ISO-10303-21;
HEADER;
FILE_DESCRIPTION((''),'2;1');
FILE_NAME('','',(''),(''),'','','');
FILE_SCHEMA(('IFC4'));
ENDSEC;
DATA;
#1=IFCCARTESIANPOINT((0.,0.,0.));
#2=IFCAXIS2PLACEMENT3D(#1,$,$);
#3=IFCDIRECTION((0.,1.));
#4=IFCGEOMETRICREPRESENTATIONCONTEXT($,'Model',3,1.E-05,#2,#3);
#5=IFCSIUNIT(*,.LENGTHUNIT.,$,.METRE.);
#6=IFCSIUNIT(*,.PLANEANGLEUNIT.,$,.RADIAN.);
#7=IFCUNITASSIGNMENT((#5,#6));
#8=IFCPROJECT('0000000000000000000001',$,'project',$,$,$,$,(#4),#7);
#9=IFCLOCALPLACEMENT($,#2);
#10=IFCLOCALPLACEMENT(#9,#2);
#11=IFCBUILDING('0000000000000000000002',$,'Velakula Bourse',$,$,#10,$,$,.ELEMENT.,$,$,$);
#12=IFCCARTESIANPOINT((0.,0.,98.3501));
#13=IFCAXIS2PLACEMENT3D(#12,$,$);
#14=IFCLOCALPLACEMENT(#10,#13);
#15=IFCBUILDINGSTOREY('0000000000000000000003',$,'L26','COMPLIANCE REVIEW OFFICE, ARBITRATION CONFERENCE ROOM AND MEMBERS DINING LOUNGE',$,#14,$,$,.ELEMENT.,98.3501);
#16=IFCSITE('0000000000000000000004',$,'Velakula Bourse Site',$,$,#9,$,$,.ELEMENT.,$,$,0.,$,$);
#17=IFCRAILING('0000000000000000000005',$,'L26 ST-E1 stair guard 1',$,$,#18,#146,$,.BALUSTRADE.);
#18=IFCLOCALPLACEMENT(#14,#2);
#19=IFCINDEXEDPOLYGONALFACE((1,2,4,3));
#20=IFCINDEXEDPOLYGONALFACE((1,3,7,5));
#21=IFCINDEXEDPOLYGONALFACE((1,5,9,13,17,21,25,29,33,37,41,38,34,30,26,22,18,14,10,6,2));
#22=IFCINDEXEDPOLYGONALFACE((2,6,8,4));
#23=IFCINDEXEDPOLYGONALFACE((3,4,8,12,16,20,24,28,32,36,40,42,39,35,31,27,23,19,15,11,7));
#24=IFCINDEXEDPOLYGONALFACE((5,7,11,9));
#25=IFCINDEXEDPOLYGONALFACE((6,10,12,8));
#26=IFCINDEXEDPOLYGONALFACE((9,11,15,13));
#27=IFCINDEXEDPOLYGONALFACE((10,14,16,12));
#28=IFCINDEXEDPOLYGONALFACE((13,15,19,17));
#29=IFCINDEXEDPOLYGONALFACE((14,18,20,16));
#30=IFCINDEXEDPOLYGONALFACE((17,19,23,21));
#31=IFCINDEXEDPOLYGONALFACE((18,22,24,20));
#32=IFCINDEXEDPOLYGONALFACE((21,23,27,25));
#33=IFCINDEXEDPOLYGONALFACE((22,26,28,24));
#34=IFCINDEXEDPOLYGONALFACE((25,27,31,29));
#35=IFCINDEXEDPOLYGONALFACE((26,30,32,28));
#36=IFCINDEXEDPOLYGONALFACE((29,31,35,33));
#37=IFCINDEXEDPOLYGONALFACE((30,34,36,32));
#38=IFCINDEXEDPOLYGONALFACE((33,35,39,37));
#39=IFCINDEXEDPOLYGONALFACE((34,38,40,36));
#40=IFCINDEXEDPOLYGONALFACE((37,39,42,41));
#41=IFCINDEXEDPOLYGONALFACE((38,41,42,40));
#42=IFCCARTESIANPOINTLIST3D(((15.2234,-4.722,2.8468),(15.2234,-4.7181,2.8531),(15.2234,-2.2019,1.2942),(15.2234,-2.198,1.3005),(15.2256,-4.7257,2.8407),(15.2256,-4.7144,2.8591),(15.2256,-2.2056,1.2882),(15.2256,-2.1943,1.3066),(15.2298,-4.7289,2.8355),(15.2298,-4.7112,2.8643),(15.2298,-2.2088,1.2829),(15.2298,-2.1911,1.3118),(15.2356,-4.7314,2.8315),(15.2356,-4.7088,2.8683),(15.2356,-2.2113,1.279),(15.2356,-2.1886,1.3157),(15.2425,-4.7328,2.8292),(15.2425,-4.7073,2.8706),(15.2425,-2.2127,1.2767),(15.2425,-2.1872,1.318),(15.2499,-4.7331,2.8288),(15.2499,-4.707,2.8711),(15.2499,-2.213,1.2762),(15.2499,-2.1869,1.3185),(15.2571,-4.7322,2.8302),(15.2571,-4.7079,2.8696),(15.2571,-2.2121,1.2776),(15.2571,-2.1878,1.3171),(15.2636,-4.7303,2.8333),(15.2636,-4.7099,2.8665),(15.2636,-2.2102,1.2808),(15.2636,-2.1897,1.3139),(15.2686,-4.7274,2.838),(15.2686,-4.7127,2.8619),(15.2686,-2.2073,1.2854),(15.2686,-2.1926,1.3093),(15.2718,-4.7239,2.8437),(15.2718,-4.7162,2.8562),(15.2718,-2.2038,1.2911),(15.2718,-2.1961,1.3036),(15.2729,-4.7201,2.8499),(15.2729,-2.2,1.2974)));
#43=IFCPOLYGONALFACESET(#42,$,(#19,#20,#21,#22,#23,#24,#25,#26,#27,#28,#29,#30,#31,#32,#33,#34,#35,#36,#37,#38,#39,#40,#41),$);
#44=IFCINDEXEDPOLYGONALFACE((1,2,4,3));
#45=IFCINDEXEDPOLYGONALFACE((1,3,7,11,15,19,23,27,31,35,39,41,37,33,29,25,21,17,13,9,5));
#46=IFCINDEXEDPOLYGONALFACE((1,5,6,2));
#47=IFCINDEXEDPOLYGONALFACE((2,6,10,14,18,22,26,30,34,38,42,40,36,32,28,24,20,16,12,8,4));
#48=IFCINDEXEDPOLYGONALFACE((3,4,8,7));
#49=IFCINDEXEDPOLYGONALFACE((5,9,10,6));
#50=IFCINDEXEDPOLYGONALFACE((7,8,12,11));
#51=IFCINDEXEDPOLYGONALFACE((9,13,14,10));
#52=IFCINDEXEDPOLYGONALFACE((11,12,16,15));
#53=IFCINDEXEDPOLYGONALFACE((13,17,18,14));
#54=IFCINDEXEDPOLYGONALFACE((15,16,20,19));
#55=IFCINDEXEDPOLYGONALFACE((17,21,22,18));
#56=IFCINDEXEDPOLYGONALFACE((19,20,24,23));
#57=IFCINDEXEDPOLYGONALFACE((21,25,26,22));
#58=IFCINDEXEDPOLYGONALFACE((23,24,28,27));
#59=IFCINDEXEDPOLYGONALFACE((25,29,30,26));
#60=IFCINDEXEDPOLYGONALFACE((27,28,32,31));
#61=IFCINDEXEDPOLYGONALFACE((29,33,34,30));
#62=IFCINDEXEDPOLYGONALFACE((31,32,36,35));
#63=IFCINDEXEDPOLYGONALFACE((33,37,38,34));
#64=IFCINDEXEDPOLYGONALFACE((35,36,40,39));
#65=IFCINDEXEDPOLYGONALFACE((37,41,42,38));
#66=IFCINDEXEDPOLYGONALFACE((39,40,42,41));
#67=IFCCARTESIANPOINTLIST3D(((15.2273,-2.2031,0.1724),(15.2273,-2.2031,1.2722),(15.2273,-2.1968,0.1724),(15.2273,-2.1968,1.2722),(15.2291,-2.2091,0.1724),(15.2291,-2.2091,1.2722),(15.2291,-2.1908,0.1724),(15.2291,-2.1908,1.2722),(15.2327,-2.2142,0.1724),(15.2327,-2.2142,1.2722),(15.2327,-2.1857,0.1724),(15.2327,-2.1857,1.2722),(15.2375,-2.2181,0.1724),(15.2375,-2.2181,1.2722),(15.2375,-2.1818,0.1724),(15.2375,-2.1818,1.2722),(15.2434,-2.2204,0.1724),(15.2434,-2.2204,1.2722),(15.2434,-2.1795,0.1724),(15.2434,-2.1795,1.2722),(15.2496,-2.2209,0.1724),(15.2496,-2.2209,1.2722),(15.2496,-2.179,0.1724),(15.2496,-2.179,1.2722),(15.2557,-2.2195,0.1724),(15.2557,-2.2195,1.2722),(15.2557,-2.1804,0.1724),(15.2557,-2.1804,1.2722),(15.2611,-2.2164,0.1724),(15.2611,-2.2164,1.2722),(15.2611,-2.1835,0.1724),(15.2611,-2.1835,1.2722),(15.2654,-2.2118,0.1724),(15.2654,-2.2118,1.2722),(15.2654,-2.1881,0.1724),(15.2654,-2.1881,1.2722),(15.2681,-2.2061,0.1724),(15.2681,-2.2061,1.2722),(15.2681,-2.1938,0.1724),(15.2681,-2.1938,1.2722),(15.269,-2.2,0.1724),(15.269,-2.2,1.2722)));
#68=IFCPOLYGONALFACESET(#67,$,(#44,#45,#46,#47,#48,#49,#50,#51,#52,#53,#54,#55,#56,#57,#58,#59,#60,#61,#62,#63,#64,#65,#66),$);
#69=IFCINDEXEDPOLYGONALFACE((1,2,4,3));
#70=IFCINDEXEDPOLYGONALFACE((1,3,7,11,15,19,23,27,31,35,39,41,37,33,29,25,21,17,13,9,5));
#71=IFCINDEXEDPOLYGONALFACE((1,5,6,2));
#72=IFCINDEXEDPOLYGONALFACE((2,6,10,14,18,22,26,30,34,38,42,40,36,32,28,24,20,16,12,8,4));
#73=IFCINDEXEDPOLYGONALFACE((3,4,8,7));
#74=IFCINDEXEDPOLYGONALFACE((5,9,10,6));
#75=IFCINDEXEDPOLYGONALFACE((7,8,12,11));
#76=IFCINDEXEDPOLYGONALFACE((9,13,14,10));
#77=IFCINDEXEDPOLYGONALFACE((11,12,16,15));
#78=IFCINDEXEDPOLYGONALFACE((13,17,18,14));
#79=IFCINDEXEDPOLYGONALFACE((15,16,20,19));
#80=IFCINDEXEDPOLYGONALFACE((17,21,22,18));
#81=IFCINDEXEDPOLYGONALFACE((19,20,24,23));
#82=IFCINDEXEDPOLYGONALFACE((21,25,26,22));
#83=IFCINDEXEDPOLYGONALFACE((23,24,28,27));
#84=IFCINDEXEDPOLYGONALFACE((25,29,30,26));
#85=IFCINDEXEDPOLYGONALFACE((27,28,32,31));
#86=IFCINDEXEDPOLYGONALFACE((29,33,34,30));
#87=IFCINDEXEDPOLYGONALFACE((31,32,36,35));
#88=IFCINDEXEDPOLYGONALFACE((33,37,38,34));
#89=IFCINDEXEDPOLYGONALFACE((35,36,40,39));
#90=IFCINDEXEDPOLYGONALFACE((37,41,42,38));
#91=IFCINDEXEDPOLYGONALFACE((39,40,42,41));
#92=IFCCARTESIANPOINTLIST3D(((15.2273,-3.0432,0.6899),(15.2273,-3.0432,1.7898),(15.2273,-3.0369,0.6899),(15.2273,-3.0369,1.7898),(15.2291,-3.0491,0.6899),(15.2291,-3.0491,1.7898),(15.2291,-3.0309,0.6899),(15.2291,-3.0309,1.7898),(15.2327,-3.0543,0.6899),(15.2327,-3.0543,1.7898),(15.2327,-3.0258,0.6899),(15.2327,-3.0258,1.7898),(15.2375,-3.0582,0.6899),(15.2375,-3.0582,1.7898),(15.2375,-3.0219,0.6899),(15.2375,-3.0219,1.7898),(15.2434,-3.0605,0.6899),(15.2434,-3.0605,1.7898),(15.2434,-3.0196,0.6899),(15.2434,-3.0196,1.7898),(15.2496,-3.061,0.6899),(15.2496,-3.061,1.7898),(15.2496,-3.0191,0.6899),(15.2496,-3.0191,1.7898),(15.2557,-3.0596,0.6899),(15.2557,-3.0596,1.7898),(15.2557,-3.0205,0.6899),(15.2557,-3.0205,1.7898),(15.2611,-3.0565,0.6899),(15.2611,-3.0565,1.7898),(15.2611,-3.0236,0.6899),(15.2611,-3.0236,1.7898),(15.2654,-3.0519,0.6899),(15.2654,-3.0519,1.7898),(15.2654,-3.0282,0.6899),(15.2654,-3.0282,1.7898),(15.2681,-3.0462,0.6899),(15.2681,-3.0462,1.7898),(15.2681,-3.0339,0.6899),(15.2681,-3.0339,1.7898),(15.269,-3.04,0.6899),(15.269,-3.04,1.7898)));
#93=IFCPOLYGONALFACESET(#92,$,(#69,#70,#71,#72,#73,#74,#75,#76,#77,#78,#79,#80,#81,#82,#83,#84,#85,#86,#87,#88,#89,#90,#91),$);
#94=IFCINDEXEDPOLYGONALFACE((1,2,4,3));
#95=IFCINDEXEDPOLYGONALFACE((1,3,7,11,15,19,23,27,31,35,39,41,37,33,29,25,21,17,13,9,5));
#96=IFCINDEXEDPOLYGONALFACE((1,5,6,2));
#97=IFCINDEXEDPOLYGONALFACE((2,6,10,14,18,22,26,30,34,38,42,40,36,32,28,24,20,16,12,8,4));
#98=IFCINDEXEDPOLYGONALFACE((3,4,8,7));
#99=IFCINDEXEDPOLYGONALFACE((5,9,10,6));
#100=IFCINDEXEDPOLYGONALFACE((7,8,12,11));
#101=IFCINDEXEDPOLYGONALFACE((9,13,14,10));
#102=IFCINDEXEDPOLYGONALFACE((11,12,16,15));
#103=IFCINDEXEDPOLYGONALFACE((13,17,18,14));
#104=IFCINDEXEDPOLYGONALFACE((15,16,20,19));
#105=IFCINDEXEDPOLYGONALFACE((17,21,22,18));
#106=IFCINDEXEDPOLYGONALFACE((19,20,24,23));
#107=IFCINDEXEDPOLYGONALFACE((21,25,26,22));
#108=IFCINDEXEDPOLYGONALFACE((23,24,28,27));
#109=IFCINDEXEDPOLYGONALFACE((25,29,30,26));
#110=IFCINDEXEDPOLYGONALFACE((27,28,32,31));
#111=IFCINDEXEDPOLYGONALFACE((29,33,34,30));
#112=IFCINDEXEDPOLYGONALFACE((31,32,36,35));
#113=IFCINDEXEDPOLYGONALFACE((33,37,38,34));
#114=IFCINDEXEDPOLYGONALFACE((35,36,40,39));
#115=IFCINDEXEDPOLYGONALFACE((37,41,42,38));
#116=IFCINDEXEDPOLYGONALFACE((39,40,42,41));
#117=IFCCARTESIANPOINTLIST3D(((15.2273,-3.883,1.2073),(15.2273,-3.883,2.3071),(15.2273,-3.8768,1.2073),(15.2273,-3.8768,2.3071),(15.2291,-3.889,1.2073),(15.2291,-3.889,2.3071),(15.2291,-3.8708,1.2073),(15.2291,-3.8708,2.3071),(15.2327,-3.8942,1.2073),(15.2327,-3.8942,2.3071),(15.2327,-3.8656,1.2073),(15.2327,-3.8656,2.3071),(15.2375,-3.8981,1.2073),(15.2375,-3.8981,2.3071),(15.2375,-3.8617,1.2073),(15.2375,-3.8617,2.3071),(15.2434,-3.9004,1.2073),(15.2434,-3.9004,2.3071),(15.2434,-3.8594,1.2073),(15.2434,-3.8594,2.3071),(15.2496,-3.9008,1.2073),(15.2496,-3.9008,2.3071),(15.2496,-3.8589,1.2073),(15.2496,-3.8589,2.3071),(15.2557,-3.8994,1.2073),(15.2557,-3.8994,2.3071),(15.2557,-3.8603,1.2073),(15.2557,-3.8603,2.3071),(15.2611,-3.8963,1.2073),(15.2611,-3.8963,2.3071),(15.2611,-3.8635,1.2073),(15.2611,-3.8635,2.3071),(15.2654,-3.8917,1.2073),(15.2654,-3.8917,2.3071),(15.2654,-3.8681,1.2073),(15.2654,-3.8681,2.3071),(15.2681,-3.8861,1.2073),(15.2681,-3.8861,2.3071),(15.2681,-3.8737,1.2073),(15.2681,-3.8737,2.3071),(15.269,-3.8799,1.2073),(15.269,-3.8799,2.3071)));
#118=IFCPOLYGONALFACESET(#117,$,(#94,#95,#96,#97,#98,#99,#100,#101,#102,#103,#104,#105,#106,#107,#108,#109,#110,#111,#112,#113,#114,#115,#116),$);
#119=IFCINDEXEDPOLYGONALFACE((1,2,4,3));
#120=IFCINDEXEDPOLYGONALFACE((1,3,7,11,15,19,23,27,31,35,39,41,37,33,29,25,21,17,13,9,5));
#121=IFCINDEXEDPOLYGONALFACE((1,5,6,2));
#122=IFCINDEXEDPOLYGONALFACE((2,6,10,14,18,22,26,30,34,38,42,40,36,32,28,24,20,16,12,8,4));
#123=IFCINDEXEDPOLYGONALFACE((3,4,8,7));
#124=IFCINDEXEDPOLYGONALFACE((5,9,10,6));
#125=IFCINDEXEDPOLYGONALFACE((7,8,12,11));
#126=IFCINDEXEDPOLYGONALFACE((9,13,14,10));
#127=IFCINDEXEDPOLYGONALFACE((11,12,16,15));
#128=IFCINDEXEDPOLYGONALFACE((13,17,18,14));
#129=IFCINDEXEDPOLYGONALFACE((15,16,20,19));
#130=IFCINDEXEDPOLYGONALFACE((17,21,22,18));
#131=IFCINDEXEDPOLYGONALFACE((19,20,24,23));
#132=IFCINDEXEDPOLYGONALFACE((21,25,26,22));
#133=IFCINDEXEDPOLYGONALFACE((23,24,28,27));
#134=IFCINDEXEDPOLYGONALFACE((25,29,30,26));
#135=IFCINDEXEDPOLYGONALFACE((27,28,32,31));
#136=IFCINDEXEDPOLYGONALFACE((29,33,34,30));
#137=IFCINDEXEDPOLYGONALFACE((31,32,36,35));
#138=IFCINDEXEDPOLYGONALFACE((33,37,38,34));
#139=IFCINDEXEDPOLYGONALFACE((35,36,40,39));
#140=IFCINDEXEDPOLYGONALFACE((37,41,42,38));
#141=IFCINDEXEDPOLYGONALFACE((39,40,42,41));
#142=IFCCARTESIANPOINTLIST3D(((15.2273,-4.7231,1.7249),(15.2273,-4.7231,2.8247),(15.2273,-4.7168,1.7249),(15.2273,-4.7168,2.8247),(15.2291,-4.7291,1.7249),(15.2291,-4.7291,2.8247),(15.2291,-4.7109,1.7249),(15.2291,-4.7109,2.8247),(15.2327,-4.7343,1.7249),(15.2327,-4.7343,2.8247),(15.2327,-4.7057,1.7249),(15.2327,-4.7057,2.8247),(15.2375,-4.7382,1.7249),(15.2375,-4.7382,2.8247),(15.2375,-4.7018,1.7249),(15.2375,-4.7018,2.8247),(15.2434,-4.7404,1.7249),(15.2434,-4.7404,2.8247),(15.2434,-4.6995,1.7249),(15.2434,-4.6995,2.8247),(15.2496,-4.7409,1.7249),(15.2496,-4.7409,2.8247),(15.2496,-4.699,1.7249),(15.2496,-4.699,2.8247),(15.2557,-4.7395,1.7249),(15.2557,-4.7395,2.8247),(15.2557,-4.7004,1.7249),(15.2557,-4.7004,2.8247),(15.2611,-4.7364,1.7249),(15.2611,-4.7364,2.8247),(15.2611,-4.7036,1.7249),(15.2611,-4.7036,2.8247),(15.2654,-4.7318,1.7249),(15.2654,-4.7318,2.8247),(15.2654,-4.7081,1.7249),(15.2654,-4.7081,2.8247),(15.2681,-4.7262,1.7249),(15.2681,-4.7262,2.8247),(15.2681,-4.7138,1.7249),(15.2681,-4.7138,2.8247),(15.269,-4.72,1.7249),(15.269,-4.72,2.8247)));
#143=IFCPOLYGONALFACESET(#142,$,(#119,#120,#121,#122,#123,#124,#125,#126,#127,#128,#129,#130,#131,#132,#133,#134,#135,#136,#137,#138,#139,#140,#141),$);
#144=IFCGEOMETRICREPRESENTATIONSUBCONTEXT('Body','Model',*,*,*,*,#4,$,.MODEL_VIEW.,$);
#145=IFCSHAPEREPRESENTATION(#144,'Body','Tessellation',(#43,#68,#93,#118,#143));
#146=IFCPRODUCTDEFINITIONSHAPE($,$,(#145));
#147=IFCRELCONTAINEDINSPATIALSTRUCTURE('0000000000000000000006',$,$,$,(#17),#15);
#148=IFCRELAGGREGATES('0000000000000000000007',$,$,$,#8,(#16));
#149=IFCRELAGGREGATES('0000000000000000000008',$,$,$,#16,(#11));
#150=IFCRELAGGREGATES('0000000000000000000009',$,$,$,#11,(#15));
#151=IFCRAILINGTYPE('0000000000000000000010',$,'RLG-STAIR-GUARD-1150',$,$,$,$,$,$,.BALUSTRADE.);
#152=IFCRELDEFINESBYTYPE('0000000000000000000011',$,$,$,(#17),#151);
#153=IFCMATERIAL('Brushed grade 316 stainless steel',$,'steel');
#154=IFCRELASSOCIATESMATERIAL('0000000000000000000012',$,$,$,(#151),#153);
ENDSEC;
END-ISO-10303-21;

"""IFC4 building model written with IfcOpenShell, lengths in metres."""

from ifc_helpers import new_model, si_unit, direction, frame, origin, origin_2d, place, context, subcontext, project, spatial, circle, extrude, material, type_object, element, save


model = new_model("IFC4")

# Units and contexts
model_context = context("Model", 3, precision=1e-05, world=origin(), true_north=direction((0.0, 1.0)))
body_context = subcontext(model_context, "Body", "Model", "MODEL_VIEW")
ifc_project = project(units=[si_unit("LENGTHUNIT", "METRE"), si_unit("PLANEANGLEUNIT", "RADIAN")], contexts=[model_context])

# Site, building, storey
site_placement = place(None, origin())
site = spatial("IfcSite", under=ifc_project, at=site_placement, Name="Velakula Bourse Site", CompositionType="ELEMENT", RefElevation=0.0)
building_placement = place(site_placement, origin())
building = spatial("IfcBuilding", under=site, at=building_placement, Name="Velakula Bourse", CompositionType="ELEMENT")
storey_placement = place(building_placement, frame((0.0, 0.0, 98.3501)))
storey = spatial("IfcBuildingStorey", under=building, at=storey_placement, Name="L26", Description="COMPLIANCE REVIEW OFFICE, ARBITRATION CONFERENCE ROOM AND MEMBERS DINING LOUNGE", CompositionType="ELEMENT", Elevation=98.3501)

# Railing
ifc_material_1 = material(Name="Brushed grade 316 stainless steel", Category="steel")
railing_type_1 = type_object("IfcRailingType", Name="RLG-STAIR-GUARD-1150", PredefinedType="BALUSTRADE", material=ifc_material_1)
railing_1_placement = place(storey_placement, frame((15.248, -2.2, 0.1724)))
element("IfcRailing", 1, at=railing_1_placement, inside=storey, type_object=railing_type_1, Name="L26 ST-E1 stair guard 1", PredefinedType="BALUSTRADE", context=body_context, shape_type="SweptSolid", body=[
    extrude(circle(Radius=0.0249, at=origin_2d()), frame((0.0, 0.0, 1.125), z_axis=(0.0, -0.8514, 0.524516), x_axis=(1.0, 0.0, 0.0)), (0.0, 0.0, 1.0), 2.96),
    extrude(circle(Radius=0.021, at=origin_2d()), origin(), (0.0, 0.0, 1.0), 1.0999),
    extrude(circle(Radius=0.021, at=origin_2d()), frame((0.0, -0.8401, 0.5176)), (0.0, 0.0, 1.0), 1.0999),
    extrude(circle(Radius=0.021, at=origin_2d()), frame((0.0, -1.6799, 1.0349)), (0.0, 0.0, 1.0), 1.0999),
    extrude(circle(Radius=0.021, at=origin_2d()), frame((0.0, -2.52, 1.5525)), (0.0, 0.0, 1.0), 1.0999),
])

save(model, "model.ifc")
